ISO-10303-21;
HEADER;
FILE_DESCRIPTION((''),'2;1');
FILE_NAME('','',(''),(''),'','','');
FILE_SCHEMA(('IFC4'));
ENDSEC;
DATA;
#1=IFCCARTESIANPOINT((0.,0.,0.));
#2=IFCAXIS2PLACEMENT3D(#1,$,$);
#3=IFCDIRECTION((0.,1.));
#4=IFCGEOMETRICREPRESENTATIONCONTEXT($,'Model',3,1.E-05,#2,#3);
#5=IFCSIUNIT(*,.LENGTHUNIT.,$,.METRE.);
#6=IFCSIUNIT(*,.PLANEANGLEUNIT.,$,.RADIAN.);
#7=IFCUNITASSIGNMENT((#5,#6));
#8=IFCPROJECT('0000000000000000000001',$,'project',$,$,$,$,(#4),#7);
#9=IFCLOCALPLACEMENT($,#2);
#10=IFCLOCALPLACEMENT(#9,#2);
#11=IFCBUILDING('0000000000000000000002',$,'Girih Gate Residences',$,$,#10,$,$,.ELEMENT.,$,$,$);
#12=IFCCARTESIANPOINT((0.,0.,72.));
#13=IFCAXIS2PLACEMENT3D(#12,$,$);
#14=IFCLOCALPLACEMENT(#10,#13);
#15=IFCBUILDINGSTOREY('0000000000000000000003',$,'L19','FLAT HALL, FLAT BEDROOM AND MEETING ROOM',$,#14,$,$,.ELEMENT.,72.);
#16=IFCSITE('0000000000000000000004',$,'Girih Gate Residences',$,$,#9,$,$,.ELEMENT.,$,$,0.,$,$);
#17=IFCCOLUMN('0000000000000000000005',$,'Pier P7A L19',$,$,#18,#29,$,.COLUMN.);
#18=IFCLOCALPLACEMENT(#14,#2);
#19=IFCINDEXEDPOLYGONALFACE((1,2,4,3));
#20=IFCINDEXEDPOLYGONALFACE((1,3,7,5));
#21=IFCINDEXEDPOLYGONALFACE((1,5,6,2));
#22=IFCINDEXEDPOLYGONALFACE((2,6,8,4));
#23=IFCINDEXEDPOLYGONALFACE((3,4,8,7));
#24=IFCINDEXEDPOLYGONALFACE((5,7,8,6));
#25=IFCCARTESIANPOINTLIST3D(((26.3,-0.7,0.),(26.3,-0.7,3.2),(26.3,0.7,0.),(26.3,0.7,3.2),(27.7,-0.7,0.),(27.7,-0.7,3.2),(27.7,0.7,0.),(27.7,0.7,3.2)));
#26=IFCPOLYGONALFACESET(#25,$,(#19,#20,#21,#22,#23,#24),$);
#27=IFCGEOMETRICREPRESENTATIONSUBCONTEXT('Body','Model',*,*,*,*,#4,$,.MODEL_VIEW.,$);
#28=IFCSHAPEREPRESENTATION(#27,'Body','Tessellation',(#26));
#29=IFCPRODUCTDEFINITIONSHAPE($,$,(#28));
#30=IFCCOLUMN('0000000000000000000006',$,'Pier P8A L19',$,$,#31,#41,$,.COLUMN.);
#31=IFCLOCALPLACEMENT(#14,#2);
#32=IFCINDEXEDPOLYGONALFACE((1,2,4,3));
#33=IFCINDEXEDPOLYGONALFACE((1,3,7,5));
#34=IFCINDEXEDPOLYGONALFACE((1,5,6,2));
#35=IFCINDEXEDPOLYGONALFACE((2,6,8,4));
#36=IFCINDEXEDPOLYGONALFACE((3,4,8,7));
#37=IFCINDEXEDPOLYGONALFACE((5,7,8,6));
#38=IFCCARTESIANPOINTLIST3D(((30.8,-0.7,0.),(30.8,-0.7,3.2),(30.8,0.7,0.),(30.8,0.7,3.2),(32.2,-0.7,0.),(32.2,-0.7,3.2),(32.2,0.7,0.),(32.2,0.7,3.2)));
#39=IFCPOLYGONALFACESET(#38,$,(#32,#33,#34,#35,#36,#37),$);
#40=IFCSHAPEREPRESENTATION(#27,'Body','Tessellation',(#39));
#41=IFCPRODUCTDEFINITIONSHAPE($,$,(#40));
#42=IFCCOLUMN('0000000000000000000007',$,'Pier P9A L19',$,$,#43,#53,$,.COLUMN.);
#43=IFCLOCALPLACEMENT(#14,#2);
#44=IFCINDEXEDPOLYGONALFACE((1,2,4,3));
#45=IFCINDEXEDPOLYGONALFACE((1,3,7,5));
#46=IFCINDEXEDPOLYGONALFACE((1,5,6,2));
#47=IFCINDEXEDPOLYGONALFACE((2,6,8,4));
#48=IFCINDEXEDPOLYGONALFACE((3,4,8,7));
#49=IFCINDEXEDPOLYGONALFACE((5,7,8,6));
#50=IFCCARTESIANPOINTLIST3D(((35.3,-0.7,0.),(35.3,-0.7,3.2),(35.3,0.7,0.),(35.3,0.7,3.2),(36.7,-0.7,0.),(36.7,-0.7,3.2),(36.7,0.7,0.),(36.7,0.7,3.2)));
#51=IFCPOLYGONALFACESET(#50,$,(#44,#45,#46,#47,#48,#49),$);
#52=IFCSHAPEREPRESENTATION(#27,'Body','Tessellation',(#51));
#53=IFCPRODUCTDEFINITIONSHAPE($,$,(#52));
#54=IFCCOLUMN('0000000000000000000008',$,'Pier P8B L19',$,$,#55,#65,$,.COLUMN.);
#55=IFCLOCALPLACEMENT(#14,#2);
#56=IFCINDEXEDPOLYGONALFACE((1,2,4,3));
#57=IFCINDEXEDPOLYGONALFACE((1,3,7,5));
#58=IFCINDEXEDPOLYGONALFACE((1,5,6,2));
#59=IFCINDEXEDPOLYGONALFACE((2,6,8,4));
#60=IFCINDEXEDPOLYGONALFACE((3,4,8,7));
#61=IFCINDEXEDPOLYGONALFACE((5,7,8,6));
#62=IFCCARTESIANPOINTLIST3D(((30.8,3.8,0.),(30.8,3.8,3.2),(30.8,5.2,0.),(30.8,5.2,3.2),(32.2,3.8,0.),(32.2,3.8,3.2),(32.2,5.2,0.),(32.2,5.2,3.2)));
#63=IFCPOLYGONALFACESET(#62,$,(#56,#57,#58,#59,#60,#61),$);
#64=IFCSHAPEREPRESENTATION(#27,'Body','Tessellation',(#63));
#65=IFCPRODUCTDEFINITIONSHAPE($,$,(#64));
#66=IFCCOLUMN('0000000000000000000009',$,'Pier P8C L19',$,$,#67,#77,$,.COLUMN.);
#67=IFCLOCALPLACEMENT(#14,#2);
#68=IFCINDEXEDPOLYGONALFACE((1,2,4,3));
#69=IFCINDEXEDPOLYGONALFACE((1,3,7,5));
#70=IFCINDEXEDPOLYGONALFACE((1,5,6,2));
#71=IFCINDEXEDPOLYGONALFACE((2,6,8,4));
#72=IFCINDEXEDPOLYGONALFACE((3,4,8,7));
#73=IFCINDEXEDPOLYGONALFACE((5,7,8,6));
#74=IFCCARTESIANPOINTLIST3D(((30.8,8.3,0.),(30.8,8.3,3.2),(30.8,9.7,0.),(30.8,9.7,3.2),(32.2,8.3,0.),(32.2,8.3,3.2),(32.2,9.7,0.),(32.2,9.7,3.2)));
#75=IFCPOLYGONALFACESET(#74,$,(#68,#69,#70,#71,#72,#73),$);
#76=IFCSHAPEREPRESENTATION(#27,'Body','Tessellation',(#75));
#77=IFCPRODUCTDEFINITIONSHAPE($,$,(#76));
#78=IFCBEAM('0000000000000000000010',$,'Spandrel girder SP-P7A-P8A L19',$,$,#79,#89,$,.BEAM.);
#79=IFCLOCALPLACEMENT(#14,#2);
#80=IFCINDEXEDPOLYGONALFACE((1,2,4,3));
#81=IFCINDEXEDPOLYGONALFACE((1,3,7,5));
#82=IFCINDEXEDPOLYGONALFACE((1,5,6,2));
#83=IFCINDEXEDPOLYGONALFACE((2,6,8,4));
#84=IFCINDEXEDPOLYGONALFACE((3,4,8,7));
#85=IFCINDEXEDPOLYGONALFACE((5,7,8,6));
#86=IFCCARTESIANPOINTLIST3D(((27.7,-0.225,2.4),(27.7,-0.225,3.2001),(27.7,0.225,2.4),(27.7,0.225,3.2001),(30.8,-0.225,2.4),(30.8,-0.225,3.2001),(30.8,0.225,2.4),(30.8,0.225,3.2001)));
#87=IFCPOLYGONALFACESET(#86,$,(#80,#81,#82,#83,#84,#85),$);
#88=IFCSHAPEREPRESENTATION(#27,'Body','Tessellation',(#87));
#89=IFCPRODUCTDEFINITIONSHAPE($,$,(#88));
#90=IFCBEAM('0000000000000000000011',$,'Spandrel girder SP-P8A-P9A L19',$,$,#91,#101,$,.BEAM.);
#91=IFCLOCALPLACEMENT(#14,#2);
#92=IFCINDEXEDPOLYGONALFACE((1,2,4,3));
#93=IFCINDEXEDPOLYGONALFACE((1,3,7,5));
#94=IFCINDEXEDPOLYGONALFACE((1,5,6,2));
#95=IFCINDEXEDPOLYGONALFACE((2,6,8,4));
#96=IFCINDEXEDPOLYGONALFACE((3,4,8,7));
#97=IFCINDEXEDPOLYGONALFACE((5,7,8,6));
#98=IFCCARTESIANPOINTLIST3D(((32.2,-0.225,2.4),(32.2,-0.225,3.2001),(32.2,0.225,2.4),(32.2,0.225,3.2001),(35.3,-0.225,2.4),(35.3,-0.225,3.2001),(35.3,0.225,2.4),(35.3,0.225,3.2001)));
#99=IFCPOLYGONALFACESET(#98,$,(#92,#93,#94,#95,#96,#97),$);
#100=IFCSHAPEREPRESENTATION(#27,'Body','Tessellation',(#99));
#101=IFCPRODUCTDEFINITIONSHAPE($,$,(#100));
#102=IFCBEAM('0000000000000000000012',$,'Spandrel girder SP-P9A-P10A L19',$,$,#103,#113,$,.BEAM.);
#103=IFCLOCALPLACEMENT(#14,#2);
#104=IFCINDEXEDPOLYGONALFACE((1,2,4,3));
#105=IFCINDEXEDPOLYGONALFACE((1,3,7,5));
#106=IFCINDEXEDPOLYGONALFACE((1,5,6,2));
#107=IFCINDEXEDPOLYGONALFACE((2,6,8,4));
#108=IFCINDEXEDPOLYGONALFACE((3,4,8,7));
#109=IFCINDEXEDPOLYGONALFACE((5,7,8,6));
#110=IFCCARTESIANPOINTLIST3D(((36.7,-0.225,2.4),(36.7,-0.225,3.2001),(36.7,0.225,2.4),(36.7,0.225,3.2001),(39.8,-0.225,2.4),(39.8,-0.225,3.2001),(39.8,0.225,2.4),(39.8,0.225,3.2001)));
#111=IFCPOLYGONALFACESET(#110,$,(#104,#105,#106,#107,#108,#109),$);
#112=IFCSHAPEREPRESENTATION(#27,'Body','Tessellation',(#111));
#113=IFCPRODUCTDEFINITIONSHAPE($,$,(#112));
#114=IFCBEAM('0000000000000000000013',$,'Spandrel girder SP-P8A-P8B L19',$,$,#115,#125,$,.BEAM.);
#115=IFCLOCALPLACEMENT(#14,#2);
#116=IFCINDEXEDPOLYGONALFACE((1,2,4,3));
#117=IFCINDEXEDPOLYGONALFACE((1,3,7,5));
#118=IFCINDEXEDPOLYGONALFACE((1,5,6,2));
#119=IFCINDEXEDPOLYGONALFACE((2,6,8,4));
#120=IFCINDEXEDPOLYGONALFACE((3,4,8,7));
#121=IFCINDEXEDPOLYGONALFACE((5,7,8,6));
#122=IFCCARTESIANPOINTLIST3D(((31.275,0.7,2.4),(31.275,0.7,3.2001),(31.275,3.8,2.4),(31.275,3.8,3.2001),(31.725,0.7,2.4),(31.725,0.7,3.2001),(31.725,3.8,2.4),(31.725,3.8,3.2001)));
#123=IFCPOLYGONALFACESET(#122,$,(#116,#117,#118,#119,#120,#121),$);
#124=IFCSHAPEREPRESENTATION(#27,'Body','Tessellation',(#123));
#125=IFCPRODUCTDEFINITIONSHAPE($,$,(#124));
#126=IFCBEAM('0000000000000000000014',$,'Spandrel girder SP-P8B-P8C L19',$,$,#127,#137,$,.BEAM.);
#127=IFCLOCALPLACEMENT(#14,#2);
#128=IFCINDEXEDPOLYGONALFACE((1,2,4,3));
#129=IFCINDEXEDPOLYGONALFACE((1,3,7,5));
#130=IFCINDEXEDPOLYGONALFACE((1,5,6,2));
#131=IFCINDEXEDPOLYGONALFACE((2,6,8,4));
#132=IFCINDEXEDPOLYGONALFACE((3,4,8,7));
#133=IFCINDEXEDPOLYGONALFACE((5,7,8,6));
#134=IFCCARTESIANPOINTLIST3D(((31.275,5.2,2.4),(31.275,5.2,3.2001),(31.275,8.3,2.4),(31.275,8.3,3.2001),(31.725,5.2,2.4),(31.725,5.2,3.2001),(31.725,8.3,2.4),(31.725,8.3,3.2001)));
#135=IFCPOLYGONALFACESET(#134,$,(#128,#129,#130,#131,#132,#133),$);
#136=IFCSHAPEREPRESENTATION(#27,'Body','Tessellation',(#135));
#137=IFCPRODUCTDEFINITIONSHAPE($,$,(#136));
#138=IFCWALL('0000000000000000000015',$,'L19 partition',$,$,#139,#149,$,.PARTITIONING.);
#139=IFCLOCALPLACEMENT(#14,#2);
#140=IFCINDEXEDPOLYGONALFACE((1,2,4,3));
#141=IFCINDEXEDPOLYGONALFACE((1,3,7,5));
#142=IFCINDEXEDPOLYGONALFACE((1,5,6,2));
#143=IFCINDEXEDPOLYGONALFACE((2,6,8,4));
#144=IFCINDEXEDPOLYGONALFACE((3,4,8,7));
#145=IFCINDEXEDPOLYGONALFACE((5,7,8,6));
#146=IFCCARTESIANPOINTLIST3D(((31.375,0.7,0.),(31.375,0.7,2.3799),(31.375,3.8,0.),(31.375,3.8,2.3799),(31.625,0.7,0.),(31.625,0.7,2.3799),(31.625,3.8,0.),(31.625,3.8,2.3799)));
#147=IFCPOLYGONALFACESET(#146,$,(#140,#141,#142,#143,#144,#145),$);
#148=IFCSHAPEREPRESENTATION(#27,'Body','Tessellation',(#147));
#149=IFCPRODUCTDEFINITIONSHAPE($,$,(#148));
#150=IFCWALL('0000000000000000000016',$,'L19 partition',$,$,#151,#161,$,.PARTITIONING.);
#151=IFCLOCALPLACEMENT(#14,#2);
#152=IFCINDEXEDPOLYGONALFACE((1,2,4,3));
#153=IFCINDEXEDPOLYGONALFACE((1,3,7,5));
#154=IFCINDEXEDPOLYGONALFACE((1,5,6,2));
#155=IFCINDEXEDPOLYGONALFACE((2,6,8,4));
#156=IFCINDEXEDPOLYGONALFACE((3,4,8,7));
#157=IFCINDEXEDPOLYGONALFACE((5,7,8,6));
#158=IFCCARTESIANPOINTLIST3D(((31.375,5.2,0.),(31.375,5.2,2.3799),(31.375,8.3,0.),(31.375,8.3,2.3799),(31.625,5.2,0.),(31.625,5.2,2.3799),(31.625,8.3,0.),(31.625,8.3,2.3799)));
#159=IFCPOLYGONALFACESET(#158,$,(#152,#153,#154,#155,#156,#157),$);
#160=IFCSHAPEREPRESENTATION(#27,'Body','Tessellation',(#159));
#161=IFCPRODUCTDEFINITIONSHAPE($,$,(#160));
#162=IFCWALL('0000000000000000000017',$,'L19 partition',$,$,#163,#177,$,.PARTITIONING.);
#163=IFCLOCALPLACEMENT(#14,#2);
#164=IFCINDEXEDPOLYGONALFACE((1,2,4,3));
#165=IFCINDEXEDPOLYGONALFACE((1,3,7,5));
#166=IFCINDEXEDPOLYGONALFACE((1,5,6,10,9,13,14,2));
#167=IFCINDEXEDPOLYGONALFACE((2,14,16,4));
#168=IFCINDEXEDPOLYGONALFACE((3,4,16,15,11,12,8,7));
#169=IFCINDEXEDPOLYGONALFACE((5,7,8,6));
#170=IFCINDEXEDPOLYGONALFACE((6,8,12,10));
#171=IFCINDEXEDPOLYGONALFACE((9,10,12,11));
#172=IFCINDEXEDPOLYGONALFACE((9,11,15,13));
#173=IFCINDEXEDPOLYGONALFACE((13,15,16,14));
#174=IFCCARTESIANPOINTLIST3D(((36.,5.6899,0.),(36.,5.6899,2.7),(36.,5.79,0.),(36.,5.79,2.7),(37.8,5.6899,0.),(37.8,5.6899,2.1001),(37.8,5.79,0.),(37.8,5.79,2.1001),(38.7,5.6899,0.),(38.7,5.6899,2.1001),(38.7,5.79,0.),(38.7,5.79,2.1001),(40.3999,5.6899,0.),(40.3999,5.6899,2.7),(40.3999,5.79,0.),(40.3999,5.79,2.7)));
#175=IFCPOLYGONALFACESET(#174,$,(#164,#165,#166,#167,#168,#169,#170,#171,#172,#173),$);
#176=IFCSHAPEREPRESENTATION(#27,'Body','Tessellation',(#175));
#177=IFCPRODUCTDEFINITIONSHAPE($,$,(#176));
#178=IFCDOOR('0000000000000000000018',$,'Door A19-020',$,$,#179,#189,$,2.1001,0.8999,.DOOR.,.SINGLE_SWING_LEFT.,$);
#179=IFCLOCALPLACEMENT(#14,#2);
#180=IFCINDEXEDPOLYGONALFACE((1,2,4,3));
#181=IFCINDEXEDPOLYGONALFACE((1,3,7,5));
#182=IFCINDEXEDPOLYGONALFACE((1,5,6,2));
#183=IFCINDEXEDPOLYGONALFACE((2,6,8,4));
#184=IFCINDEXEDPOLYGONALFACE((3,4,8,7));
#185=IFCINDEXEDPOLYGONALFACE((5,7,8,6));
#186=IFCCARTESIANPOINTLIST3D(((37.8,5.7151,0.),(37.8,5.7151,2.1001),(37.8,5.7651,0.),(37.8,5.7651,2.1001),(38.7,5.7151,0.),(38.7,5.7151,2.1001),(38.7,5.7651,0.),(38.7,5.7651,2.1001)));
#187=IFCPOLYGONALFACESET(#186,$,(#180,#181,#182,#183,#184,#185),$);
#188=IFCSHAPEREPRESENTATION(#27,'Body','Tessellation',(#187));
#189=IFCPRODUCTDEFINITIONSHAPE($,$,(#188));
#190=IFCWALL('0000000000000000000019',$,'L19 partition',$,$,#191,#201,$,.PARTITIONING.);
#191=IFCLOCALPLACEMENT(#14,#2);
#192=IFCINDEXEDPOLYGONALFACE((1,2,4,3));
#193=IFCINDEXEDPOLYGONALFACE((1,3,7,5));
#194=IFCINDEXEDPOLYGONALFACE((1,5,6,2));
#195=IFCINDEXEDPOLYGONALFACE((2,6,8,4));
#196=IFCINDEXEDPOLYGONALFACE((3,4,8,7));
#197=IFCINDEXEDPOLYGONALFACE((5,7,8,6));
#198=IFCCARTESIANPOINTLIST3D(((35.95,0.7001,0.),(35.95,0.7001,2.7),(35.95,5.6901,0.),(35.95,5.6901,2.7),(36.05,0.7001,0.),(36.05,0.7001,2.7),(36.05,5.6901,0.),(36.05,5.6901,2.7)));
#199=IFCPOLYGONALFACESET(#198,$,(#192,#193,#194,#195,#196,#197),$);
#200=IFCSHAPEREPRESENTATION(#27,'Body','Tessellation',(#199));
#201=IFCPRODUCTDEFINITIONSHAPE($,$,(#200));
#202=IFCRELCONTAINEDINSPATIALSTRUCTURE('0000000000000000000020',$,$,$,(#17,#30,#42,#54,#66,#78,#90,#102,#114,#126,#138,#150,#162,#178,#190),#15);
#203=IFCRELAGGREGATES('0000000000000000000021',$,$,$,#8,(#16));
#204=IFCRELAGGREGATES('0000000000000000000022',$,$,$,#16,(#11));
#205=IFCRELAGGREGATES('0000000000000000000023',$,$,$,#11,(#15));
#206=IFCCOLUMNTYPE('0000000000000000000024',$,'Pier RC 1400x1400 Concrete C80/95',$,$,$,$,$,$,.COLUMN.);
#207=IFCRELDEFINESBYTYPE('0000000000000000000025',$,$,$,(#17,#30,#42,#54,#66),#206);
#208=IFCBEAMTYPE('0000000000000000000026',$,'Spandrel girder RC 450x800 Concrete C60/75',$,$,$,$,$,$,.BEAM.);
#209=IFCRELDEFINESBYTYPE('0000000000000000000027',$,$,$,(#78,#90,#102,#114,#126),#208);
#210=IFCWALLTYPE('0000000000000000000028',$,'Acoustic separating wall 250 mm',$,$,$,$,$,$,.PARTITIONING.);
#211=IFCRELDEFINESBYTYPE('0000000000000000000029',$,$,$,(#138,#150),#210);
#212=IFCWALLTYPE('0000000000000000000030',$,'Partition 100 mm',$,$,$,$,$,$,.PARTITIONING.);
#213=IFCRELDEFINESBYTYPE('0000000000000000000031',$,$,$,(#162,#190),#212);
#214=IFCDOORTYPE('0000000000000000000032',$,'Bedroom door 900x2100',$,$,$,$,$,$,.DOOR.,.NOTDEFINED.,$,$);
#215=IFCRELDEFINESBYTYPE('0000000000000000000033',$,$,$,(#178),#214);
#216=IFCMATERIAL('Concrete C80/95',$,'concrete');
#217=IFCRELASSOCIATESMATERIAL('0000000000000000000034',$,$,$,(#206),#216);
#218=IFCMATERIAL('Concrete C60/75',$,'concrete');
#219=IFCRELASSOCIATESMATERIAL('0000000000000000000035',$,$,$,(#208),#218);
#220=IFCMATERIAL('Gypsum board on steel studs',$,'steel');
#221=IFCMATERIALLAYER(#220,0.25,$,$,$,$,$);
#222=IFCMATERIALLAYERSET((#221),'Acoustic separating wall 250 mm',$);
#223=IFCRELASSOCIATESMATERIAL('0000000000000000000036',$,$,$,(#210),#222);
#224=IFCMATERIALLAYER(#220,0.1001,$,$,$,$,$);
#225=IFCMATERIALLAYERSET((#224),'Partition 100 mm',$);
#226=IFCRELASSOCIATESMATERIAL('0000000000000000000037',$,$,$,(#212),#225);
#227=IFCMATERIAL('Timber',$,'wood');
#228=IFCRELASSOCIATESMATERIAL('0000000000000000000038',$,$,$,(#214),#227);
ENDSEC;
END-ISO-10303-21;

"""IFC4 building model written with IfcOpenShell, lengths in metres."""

from ifc_helpers import new_model, si_unit, direction, frame, frame_2d, origin, origin_2d, place, context, subcontext, project, spatial, rectangle, extrude, material, layer, layer_set, material_profile, profile_set, type_object, element, fill, save


model = new_model("IFC4")

# Units and contexts
model_context = context("Model", 3, precision=1e-05, world=origin(), true_north=direction((0.0, 1.0)))
body_context = subcontext(model_context, "Body", "Model", "MODEL_VIEW")
ifc_project = project(units=[si_unit("LENGTHUNIT", "METRE"), si_unit("PLANEANGLEUNIT", "RADIAN")], contexts=[model_context])

# Site, building, storey
site_placement = place(None, origin())
site = spatial("IfcSite", under=ifc_project, at=site_placement, Name="Girih Gate Residences", CompositionType="ELEMENT", RefElevation=0.0)
building_placement = place(site_placement, origin())
building = spatial("IfcBuilding", under=site, at=building_placement, Name="Girih Gate Residences", CompositionType="ELEMENT")
storey_placement = place(building_placement, frame((0.0, 0.0, 72.0)))
storey = spatial("IfcBuildingStorey", under=building, at=storey_placement, Name="L19", Description="FLAT HALL, FLAT BEDROOM AND MEETING ROOM", CompositionType="ELEMENT", Elevation=72.0)

# Columns
ifc_material_1 = material(Name="Concrete C80/95", Category="concrete")
ifc_material_profile_1 = material_profile(ifc_material_1, rectangle(XDim=1.3999, YDim=1.3999, at=origin_2d()))
ifc_profile_set_1 = profile_set([ifc_material_profile_1], Name="Concrete C80/95")
column_type = type_object("IfcColumnType", Name="Pier RC 1400x1400 Concrete C80/95", PredefinedType="COLUMN", material=ifc_profile_set_1)
for number, where, z_axis, x_axis, name in (
    (1, (27.0, 0.0, 0.0), (0.0, 0.0, 1.0), (1.0, 0.0, 0.0), "Pier P7A L19"),
    (2, (31.5, 0.0, 0.0), (0.0, 0.0, 1.0), (1.0, 0.0, 0.0), "Pier P8A L19"),
    (3, (36.0, 0.0, 0.0), (0.0, 0.0, 1.0), (1.0, 0.0, 0.0), "Pier P9A L19"),
    (4, (31.5, 4.5, 0.0), (0.0, 0.0, 1.0), (1.0, 0.0, 0.0), "Pier P8B L19"),
    (5, (31.5, 9.0, 0.0), (0.0, 0.0, 1.0), (1.0, 0.0, 0.0), "Pier P8C L19"),
):
    element("IfcColumn", number, at=place(storey_placement, frame(where, z_axis=z_axis, x_axis=x_axis)), inside=storey, type_object=column_type, Name=name, PredefinedType="COLUMN", context=body_context, shape_type="SweptSolid", body=[
        extrude(rectangle(XDim=1.3999, YDim=1.3999, at=origin_2d()), origin(), (0.0, 0.0, 1.0), 3.2),
    ])

# Beams
ifc_material_2 = material(Name="Concrete C60/75", Category="concrete")
ifc_material_profile_2 = material_profile(ifc_material_2, rectangle(XDim=0.45, YDim=0.8, at=origin_2d()))
ifc_profile_set_2 = profile_set([ifc_material_profile_2], Name="Concrete C60/75")
beam_type = type_object("IfcBeamType", Name="Spandrel girder RC 450x800 Concrete C60/75", PredefinedType="BEAM", material=ifc_profile_set_2)
for number, where, z_axis, x_axis, name in (
    (6, (27.7, 0.0, 2.8), (1.0, 0.0, 0.0), (0.0, 1.0, 0.0), "Spandrel girder SP-P7A-P8A L19"),
    (7, (32.2, 0.0, 2.8), (1.0, 0.0, 0.0), (0.0, 1.0, 0.0), "Spandrel girder SP-P8A-P9A L19"),
    (8, (36.7, 0.0, 2.8), (1.0, 0.0, 0.0), (0.0, 1.0, 0.0), "Spandrel girder SP-P9A-P10A L19"),
    (9, (31.5, 0.7, 2.8), (0.0, 1.0, 0.0), (-1.0, 0.0, 0.0), "Spandrel girder SP-P8A-P8B L19"),
    (10, (31.5, 5.2, 2.8), (0.0, 1.0, 0.0), (-1.0, 0.0, 0.0), "Spandrel girder SP-P8B-P8C L19"),
):
    element("IfcBeam", number, at=place(storey_placement, frame(where, z_axis=z_axis, x_axis=x_axis)), inside=storey, type_object=beam_type, Name=name, PredefinedType="BEAM", context=body_context, shape_type="SweptSolid", body=[
        extrude(rectangle(XDim=0.45, YDim=0.8, at=origin_2d()), origin(), (0.0, 0.0, 1.0), 3.1001),
    ])

# Walls
ifc_material_3 = material(Name="Gypsum board on steel studs", Category="steel")
ifc_layer_1 = layer(ifc_material_3, 0.25)
ifc_layer_set_1 = layer_set([ifc_layer_1], Name="Acoustic separating wall 250 mm")
wall_type_1 = type_object("IfcWallType", Name="Acoustic separating wall 250 mm", PredefinedType="PARTITIONING", material=ifc_layer_set_1)
for number, where, z_axis, x_axis, name in (
    (11, (31.5, 0.7, 0.0), (0.0, 0.0, 1.0), (0.0, 1.0, 0.0), "L19 partition"),
    (12, (31.5, 5.2, 0.0), (0.0, 0.0, 1.0), (0.0, 1.0, 0.0), "L19 partition"),
):
    element("IfcWall", number, at=place(storey_placement, frame(where, z_axis=z_axis, x_axis=x_axis)), inside=storey, type_object=wall_type_1, Name=name, PredefinedType="PARTITIONING", context=body_context, shape_type="SweptSolid", body=[
        extrude(rectangle(XDim=3.1001, YDim=0.25, at=frame_2d((1.55, 0.0))), origin(), (0.0, 0.0, 1.0), 2.3799),
    ])

# Wall, opening, door
ifc_layer_2 = layer(ifc_material_3, 0.1001)
ifc_layer_set_2 = layer_set([ifc_layer_2], Name="Partition 100 mm")
wall_type_2 = type_object("IfcWallType", Name="Partition 100 mm", PredefinedType="PARTITIONING", material=ifc_layer_set_2)
wall_1_placement = place(storey_placement, frame((40.3999, 5.74, 0.0), z_axis=(0.0, 0.0, 1.0), x_axis=(-1.0, 0.0, 0.0)))
wall_1 = element("IfcWall", 13, at=wall_1_placement, inside=storey, type_object=wall_type_2, Name="L19 partition", PredefinedType="PARTITIONING", context=body_context, shape_type="SweptSolid", body=[
    extrude(rectangle(XDim=4.3999, YDim=0.1001, at=frame_2d((2.2, 0.0))), origin(), (0.0, 0.0, 1.0), 2.7),
])
opening_1_placement = place(wall_1_placement, frame((1.7, 0.0, 0.0)))
opening_1 = element("IfcOpeningElement", 14, at=opening_1_placement, cuts=wall_1, PredefinedType="OPENING", context=body_context, shape_type="SweptSolid", body=[
    extrude(rectangle(XDim=0.8999, YDim=2.1001, at=frame_2d((0.45, 1.05))), frame((0.0, 0.0601, 0.0), z_axis=(0.0, -1.0, 0.0), x_axis=(1.0, 0.0, 0.0)), (0.0, 0.0, 1.0), 0.1201),
])
ifc_material_4 = material(Name="Timber", Category="wood")
door_type_1 = type_object("IfcDoorType", Name="Bedroom door 900x2100", OperationType="NOTDEFINED", PredefinedType="DOOR", material=ifc_material_4)
door_1_placement = place(opening_1_placement, origin())
door_1 = element("IfcDoor", 15, at=door_1_placement, inside=storey, type_object=door_type_1, Name="Door A19-020", OperationType="SINGLE_SWING_LEFT", OverallHeight=2.1001, OverallWidth=0.8999, PredefinedType="DOOR", context=body_context, shape_type="SweptSolid", body=[
    extrude(rectangle(XDim=0.8999, YDim=2.1001, at=frame_2d((0.45, 1.05))), frame((0.0, 0.0249, 0.0), z_axis=(0.0, -1.0, 0.0), x_axis=(1.0, 0.0, 0.0)), (0.0, 0.0, 1.0), 0.05),
])
fill(opening_1, door_1)

# Wall
wall_2_placement = place(storey_placement, frame((36.0, 0.7, 0.0), z_axis=(0.0, 0.0, 1.0), x_axis=(0.0, 1.0, 0.0)))
element("IfcWall", 16, at=wall_2_placement, inside=storey, type_object=wall_type_2, Name="L19 partition", PredefinedType="PARTITIONING", context=body_context, shape_type="SweptSolid", body=[
    extrude(rectangle(XDim=4.99, YDim=0.1001, at=frame_2d((2.4951, 0.0))), origin(), (0.0, 0.0, 1.0), 2.7),
])

save(model, "model.ifc")
